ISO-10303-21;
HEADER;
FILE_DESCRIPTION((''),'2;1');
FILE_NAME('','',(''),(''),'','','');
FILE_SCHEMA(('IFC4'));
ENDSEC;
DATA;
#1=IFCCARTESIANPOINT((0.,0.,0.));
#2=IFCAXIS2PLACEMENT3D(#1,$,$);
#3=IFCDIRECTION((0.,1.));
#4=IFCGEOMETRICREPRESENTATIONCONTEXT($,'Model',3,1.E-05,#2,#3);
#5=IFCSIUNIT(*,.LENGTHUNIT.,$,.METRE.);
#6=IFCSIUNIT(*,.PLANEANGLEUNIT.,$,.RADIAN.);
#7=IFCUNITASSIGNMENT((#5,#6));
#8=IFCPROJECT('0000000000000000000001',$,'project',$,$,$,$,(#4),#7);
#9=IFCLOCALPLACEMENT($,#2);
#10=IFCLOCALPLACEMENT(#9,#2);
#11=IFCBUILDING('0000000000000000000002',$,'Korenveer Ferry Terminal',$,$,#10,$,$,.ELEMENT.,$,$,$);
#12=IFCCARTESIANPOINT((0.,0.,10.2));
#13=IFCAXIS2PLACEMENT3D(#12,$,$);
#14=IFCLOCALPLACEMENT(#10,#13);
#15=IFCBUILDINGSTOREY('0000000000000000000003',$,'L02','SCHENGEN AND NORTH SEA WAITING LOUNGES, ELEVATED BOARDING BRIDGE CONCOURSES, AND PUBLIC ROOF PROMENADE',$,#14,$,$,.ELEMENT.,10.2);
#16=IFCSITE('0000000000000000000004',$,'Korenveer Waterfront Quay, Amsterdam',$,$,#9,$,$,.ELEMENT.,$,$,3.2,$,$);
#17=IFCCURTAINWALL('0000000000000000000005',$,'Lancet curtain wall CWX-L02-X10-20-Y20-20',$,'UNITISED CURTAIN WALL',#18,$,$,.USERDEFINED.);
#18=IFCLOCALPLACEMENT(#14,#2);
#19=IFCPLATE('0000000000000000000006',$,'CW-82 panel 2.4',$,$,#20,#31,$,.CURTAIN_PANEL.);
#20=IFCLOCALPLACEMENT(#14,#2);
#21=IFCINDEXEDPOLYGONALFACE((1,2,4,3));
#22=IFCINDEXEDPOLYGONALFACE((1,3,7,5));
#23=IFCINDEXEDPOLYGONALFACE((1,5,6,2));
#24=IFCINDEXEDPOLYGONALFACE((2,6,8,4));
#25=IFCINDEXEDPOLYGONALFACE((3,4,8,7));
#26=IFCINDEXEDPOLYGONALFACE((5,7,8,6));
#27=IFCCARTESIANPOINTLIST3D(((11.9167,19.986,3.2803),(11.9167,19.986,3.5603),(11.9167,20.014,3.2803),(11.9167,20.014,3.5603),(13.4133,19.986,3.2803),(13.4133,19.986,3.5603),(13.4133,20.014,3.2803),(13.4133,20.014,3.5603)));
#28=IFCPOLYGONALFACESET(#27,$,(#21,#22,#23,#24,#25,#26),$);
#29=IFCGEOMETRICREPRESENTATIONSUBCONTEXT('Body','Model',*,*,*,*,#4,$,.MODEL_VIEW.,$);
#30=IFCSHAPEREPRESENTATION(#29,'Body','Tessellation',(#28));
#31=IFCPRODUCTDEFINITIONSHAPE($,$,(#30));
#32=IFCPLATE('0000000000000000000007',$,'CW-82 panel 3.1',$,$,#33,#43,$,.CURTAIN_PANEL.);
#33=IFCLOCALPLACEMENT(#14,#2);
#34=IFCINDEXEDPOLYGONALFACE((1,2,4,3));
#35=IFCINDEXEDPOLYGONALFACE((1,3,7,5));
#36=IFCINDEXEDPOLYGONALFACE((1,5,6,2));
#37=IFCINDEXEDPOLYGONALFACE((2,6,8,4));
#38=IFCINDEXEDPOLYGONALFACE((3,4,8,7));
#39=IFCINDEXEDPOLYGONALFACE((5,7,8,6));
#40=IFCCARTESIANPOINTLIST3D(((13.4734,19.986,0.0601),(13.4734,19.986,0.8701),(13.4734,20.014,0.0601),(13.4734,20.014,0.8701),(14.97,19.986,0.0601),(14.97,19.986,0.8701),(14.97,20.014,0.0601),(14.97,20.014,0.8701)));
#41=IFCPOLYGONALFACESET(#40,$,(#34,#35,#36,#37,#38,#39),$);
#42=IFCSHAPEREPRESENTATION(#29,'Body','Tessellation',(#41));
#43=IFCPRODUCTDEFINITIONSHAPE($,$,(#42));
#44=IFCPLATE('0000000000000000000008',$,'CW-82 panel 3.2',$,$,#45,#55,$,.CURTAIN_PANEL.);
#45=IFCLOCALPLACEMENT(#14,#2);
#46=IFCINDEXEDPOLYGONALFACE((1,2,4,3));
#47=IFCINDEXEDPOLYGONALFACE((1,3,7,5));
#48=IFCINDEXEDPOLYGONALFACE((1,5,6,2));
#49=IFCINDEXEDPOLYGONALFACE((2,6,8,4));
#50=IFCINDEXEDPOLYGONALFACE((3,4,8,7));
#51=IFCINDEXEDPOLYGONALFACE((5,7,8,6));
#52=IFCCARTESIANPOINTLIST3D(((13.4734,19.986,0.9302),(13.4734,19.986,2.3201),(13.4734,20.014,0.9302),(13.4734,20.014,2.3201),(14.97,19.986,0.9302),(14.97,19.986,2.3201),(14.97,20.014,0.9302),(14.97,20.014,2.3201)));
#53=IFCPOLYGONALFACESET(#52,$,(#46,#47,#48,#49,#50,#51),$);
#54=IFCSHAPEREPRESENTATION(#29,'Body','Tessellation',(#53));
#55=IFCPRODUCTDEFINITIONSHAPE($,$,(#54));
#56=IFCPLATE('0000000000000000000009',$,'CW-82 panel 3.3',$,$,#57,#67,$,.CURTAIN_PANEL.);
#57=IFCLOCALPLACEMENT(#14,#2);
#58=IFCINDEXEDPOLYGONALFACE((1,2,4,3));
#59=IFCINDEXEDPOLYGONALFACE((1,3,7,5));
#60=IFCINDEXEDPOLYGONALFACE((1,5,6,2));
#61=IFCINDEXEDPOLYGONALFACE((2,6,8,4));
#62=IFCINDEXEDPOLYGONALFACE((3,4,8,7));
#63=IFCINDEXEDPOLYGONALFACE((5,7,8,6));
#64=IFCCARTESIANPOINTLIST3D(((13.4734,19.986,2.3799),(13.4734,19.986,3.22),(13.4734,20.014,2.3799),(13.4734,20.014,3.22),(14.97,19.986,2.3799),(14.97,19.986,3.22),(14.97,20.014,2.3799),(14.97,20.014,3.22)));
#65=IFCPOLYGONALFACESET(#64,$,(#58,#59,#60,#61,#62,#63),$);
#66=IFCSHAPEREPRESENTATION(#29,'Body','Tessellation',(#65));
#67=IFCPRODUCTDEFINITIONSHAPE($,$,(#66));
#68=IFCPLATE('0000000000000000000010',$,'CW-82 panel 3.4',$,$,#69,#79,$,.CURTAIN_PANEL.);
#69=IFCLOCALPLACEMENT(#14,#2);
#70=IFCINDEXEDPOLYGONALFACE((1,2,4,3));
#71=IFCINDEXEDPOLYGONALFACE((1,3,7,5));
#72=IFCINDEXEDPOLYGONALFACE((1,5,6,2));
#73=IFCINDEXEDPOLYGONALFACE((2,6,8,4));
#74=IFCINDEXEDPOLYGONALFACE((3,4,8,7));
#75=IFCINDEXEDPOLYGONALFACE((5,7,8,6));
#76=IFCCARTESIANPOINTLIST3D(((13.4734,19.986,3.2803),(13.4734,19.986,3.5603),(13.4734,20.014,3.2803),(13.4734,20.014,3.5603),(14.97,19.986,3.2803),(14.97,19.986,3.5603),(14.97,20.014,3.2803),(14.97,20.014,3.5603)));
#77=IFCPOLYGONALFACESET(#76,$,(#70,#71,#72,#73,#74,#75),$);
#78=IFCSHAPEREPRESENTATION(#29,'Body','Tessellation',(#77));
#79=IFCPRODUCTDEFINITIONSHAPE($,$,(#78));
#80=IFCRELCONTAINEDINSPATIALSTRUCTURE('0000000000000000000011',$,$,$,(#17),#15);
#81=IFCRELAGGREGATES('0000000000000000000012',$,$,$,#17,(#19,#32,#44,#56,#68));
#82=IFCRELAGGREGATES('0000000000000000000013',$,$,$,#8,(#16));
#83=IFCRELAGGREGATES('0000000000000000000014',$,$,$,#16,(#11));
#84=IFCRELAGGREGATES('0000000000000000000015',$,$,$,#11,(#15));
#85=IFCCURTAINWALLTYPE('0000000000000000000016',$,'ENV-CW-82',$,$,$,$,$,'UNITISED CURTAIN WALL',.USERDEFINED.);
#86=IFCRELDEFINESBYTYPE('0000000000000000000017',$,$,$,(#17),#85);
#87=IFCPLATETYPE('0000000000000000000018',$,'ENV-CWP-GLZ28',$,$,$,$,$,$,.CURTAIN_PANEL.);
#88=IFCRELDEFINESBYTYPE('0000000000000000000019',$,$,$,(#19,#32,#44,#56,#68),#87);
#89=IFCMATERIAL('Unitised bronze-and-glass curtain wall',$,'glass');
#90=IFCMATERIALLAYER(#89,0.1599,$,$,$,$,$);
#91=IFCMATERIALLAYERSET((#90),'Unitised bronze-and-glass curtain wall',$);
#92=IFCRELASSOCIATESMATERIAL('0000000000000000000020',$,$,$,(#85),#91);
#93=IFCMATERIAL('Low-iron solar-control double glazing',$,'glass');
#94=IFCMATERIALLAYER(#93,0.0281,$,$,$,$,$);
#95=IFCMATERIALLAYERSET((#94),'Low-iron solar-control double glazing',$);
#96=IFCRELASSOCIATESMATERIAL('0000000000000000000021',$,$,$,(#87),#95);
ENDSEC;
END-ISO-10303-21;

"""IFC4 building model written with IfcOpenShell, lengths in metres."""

from ifc_helpers import new_model, si_unit, direction, frame, origin, origin_2d, place, context, subcontext, project, spatial, rectangle, extrude, material, layer, layer_set, type_object, element, aggregate, save


model = new_model("IFC4")

# Units and contexts
model_context = context("Model", 3, precision=1e-05, world=origin(), true_north=direction((0.0, 1.0)))
body_context = subcontext(model_context, "Body", "Model", "MODEL_VIEW")
ifc_project = project(units=[si_unit("LENGTHUNIT", "METRE"), si_unit("PLANEANGLEUNIT", "RADIAN")], contexts=[model_context])

# Site, building, storey
site_placement = place(None, origin())
site = spatial("IfcSite", under=ifc_project, at=site_placement, Name="Korenveer Waterfront Quay, Amsterdam", CompositionType="ELEMENT", RefElevation=3.2)
building_placement = place(site_placement, origin())
building = spatial("IfcBuilding", under=site, at=building_placement, Name="Korenveer Ferry Terminal", CompositionType="ELEMENT")
storey_placement = place(building_placement, frame((0.0, 0.0, 10.2)))
storey = spatial("IfcBuildingStorey", under=building, at=storey_placement, Name="L02", Description="SCHENGEN AND NORTH SEA WAITING LOUNGES, ELEVATED BOARDING BRIDGE CONCOURSES, AND PUBLIC ROOF PROMENADE", CompositionType="ELEMENT", Elevation=10.2)

# Curtain wall, plates
ifc_material_1 = material(Name="Unitised bronze-and-glass curtain wall", Category="glass")
ifc_layer_1 = layer(ifc_material_1, 0.1599)
ifc_layer_set_1 = layer_set([ifc_layer_1], Name="Unitised bronze-and-glass curtain wall")
curtain_wall_type = type_object("IfcCurtainWallType", Name="ENV-CW-82", ElementType="UNITISED CURTAIN WALL", PredefinedType="USERDEFINED", material=ifc_layer_set_1)
curtain_wall_placement = place(storey_placement, frame((10.3301, 20.0, 0.0)))
curtain_wall = element("IfcCurtainWall", 1, at=curtain_wall_placement, inside=storey, type_object=curtain_wall_type, Name="Lancet curtain wall CWX-L02-X10-20-Y20-20", ObjectType="UNITISED CURTAIN WALL", PredefinedType="USERDEFINED")
ifc_material_2 = material(Name="Low-iron solar-control double glazing", Category="glass")
ifc_layer_2 = layer(ifc_material_2, 0.0281)
ifc_layer_set_2 = layer_set([ifc_layer_2], Name="Low-iron solar-control double glazing")
plate_type = type_object("IfcPlateType", Name="ENV-CWP-GLZ28", PredefinedType="CURTAIN_PANEL", material=ifc_layer_set_2)
plate_1_placement = place(storey_placement, frame((12.665, 20.0, 3.2803), z_axis=(0.0, 0.0, 1.0), x_axis=(1.0, 0.0, 0.0)))
plate_1 = element("IfcPlate", 2, at=plate_1_placement, type_object=plate_type, Name="CW-82 panel 2.4", PredefinedType="CURTAIN_PANEL", context=body_context, shape_type="SweptSolid", body=[
    extrude(rectangle(XDim=1.4966, YDim=0.0281, at=origin_2d()), origin(), (0.0, 0.0, 1.0), 0.28),
])
plate_2_placement = place(storey_placement, frame((14.2217, 20.0, 0.0601), z_axis=(0.0, 0.0, 1.0), x_axis=(1.0, 0.0, 0.0)))
plate_2 = element("IfcPlate", 3, at=plate_2_placement, type_object=plate_type, Name="CW-82 panel 3.1", PredefinedType="CURTAIN_PANEL", context=body_context, shape_type="SweptSolid", body=[
    extrude(rectangle(XDim=1.4966, YDim=0.0281, at=origin_2d()), origin(), (0.0, 0.0, 1.0), 0.8101),
])
plate_3_placement = place(storey_placement, frame((14.2217, 20.0, 0.9302), z_axis=(0.0, 0.0, 1.0), x_axis=(1.0, 0.0, 0.0)))
plate_3 = element("IfcPlate", 4, at=plate_3_placement, type_object=plate_type, Name="CW-82 panel 3.2", PredefinedType="CURTAIN_PANEL", context=body_context, shape_type="SweptSolid", body=[
    extrude(rectangle(XDim=1.4966, YDim=0.0281, at=origin_2d()), origin(), (0.0, 0.0, 1.0), 1.3899),
])
plate_4_placement = place(storey_placement, frame((14.2217, 20.0, 2.3799), z_axis=(0.0, 0.0, 1.0), x_axis=(1.0, 0.0, 0.0)))
plate_4 = element("IfcPlate", 5, at=plate_4_placement, type_object=plate_type, Name="CW-82 panel 3.3", PredefinedType="CURTAIN_PANEL", context=body_context, shape_type="SweptSolid", body=[
    extrude(rectangle(XDim=1.4966, YDim=0.0281, at=origin_2d()), origin(), (0.0, 0.0, 1.0), 0.8401),
])
plate_5_placement = place(storey_placement, frame((14.2217, 20.0, 3.2803), z_axis=(0.0, 0.0, 1.0), x_axis=(1.0, 0.0, 0.0)))
plate_5 = element("IfcPlate", 6, at=plate_5_placement, type_object=plate_type, Name="CW-82 panel 3.4", PredefinedType="CURTAIN_PANEL", context=body_context, shape_type="SweptSolid", body=[
    extrude(rectangle(XDim=1.4966, YDim=0.0281, at=origin_2d()), origin(), (0.0, 0.0, 1.0), 0.28),
])
aggregate(curtain_wall, [plate_1, plate_2, plate_3, plate_4, plate_5])

save(model, "model.ifc")
